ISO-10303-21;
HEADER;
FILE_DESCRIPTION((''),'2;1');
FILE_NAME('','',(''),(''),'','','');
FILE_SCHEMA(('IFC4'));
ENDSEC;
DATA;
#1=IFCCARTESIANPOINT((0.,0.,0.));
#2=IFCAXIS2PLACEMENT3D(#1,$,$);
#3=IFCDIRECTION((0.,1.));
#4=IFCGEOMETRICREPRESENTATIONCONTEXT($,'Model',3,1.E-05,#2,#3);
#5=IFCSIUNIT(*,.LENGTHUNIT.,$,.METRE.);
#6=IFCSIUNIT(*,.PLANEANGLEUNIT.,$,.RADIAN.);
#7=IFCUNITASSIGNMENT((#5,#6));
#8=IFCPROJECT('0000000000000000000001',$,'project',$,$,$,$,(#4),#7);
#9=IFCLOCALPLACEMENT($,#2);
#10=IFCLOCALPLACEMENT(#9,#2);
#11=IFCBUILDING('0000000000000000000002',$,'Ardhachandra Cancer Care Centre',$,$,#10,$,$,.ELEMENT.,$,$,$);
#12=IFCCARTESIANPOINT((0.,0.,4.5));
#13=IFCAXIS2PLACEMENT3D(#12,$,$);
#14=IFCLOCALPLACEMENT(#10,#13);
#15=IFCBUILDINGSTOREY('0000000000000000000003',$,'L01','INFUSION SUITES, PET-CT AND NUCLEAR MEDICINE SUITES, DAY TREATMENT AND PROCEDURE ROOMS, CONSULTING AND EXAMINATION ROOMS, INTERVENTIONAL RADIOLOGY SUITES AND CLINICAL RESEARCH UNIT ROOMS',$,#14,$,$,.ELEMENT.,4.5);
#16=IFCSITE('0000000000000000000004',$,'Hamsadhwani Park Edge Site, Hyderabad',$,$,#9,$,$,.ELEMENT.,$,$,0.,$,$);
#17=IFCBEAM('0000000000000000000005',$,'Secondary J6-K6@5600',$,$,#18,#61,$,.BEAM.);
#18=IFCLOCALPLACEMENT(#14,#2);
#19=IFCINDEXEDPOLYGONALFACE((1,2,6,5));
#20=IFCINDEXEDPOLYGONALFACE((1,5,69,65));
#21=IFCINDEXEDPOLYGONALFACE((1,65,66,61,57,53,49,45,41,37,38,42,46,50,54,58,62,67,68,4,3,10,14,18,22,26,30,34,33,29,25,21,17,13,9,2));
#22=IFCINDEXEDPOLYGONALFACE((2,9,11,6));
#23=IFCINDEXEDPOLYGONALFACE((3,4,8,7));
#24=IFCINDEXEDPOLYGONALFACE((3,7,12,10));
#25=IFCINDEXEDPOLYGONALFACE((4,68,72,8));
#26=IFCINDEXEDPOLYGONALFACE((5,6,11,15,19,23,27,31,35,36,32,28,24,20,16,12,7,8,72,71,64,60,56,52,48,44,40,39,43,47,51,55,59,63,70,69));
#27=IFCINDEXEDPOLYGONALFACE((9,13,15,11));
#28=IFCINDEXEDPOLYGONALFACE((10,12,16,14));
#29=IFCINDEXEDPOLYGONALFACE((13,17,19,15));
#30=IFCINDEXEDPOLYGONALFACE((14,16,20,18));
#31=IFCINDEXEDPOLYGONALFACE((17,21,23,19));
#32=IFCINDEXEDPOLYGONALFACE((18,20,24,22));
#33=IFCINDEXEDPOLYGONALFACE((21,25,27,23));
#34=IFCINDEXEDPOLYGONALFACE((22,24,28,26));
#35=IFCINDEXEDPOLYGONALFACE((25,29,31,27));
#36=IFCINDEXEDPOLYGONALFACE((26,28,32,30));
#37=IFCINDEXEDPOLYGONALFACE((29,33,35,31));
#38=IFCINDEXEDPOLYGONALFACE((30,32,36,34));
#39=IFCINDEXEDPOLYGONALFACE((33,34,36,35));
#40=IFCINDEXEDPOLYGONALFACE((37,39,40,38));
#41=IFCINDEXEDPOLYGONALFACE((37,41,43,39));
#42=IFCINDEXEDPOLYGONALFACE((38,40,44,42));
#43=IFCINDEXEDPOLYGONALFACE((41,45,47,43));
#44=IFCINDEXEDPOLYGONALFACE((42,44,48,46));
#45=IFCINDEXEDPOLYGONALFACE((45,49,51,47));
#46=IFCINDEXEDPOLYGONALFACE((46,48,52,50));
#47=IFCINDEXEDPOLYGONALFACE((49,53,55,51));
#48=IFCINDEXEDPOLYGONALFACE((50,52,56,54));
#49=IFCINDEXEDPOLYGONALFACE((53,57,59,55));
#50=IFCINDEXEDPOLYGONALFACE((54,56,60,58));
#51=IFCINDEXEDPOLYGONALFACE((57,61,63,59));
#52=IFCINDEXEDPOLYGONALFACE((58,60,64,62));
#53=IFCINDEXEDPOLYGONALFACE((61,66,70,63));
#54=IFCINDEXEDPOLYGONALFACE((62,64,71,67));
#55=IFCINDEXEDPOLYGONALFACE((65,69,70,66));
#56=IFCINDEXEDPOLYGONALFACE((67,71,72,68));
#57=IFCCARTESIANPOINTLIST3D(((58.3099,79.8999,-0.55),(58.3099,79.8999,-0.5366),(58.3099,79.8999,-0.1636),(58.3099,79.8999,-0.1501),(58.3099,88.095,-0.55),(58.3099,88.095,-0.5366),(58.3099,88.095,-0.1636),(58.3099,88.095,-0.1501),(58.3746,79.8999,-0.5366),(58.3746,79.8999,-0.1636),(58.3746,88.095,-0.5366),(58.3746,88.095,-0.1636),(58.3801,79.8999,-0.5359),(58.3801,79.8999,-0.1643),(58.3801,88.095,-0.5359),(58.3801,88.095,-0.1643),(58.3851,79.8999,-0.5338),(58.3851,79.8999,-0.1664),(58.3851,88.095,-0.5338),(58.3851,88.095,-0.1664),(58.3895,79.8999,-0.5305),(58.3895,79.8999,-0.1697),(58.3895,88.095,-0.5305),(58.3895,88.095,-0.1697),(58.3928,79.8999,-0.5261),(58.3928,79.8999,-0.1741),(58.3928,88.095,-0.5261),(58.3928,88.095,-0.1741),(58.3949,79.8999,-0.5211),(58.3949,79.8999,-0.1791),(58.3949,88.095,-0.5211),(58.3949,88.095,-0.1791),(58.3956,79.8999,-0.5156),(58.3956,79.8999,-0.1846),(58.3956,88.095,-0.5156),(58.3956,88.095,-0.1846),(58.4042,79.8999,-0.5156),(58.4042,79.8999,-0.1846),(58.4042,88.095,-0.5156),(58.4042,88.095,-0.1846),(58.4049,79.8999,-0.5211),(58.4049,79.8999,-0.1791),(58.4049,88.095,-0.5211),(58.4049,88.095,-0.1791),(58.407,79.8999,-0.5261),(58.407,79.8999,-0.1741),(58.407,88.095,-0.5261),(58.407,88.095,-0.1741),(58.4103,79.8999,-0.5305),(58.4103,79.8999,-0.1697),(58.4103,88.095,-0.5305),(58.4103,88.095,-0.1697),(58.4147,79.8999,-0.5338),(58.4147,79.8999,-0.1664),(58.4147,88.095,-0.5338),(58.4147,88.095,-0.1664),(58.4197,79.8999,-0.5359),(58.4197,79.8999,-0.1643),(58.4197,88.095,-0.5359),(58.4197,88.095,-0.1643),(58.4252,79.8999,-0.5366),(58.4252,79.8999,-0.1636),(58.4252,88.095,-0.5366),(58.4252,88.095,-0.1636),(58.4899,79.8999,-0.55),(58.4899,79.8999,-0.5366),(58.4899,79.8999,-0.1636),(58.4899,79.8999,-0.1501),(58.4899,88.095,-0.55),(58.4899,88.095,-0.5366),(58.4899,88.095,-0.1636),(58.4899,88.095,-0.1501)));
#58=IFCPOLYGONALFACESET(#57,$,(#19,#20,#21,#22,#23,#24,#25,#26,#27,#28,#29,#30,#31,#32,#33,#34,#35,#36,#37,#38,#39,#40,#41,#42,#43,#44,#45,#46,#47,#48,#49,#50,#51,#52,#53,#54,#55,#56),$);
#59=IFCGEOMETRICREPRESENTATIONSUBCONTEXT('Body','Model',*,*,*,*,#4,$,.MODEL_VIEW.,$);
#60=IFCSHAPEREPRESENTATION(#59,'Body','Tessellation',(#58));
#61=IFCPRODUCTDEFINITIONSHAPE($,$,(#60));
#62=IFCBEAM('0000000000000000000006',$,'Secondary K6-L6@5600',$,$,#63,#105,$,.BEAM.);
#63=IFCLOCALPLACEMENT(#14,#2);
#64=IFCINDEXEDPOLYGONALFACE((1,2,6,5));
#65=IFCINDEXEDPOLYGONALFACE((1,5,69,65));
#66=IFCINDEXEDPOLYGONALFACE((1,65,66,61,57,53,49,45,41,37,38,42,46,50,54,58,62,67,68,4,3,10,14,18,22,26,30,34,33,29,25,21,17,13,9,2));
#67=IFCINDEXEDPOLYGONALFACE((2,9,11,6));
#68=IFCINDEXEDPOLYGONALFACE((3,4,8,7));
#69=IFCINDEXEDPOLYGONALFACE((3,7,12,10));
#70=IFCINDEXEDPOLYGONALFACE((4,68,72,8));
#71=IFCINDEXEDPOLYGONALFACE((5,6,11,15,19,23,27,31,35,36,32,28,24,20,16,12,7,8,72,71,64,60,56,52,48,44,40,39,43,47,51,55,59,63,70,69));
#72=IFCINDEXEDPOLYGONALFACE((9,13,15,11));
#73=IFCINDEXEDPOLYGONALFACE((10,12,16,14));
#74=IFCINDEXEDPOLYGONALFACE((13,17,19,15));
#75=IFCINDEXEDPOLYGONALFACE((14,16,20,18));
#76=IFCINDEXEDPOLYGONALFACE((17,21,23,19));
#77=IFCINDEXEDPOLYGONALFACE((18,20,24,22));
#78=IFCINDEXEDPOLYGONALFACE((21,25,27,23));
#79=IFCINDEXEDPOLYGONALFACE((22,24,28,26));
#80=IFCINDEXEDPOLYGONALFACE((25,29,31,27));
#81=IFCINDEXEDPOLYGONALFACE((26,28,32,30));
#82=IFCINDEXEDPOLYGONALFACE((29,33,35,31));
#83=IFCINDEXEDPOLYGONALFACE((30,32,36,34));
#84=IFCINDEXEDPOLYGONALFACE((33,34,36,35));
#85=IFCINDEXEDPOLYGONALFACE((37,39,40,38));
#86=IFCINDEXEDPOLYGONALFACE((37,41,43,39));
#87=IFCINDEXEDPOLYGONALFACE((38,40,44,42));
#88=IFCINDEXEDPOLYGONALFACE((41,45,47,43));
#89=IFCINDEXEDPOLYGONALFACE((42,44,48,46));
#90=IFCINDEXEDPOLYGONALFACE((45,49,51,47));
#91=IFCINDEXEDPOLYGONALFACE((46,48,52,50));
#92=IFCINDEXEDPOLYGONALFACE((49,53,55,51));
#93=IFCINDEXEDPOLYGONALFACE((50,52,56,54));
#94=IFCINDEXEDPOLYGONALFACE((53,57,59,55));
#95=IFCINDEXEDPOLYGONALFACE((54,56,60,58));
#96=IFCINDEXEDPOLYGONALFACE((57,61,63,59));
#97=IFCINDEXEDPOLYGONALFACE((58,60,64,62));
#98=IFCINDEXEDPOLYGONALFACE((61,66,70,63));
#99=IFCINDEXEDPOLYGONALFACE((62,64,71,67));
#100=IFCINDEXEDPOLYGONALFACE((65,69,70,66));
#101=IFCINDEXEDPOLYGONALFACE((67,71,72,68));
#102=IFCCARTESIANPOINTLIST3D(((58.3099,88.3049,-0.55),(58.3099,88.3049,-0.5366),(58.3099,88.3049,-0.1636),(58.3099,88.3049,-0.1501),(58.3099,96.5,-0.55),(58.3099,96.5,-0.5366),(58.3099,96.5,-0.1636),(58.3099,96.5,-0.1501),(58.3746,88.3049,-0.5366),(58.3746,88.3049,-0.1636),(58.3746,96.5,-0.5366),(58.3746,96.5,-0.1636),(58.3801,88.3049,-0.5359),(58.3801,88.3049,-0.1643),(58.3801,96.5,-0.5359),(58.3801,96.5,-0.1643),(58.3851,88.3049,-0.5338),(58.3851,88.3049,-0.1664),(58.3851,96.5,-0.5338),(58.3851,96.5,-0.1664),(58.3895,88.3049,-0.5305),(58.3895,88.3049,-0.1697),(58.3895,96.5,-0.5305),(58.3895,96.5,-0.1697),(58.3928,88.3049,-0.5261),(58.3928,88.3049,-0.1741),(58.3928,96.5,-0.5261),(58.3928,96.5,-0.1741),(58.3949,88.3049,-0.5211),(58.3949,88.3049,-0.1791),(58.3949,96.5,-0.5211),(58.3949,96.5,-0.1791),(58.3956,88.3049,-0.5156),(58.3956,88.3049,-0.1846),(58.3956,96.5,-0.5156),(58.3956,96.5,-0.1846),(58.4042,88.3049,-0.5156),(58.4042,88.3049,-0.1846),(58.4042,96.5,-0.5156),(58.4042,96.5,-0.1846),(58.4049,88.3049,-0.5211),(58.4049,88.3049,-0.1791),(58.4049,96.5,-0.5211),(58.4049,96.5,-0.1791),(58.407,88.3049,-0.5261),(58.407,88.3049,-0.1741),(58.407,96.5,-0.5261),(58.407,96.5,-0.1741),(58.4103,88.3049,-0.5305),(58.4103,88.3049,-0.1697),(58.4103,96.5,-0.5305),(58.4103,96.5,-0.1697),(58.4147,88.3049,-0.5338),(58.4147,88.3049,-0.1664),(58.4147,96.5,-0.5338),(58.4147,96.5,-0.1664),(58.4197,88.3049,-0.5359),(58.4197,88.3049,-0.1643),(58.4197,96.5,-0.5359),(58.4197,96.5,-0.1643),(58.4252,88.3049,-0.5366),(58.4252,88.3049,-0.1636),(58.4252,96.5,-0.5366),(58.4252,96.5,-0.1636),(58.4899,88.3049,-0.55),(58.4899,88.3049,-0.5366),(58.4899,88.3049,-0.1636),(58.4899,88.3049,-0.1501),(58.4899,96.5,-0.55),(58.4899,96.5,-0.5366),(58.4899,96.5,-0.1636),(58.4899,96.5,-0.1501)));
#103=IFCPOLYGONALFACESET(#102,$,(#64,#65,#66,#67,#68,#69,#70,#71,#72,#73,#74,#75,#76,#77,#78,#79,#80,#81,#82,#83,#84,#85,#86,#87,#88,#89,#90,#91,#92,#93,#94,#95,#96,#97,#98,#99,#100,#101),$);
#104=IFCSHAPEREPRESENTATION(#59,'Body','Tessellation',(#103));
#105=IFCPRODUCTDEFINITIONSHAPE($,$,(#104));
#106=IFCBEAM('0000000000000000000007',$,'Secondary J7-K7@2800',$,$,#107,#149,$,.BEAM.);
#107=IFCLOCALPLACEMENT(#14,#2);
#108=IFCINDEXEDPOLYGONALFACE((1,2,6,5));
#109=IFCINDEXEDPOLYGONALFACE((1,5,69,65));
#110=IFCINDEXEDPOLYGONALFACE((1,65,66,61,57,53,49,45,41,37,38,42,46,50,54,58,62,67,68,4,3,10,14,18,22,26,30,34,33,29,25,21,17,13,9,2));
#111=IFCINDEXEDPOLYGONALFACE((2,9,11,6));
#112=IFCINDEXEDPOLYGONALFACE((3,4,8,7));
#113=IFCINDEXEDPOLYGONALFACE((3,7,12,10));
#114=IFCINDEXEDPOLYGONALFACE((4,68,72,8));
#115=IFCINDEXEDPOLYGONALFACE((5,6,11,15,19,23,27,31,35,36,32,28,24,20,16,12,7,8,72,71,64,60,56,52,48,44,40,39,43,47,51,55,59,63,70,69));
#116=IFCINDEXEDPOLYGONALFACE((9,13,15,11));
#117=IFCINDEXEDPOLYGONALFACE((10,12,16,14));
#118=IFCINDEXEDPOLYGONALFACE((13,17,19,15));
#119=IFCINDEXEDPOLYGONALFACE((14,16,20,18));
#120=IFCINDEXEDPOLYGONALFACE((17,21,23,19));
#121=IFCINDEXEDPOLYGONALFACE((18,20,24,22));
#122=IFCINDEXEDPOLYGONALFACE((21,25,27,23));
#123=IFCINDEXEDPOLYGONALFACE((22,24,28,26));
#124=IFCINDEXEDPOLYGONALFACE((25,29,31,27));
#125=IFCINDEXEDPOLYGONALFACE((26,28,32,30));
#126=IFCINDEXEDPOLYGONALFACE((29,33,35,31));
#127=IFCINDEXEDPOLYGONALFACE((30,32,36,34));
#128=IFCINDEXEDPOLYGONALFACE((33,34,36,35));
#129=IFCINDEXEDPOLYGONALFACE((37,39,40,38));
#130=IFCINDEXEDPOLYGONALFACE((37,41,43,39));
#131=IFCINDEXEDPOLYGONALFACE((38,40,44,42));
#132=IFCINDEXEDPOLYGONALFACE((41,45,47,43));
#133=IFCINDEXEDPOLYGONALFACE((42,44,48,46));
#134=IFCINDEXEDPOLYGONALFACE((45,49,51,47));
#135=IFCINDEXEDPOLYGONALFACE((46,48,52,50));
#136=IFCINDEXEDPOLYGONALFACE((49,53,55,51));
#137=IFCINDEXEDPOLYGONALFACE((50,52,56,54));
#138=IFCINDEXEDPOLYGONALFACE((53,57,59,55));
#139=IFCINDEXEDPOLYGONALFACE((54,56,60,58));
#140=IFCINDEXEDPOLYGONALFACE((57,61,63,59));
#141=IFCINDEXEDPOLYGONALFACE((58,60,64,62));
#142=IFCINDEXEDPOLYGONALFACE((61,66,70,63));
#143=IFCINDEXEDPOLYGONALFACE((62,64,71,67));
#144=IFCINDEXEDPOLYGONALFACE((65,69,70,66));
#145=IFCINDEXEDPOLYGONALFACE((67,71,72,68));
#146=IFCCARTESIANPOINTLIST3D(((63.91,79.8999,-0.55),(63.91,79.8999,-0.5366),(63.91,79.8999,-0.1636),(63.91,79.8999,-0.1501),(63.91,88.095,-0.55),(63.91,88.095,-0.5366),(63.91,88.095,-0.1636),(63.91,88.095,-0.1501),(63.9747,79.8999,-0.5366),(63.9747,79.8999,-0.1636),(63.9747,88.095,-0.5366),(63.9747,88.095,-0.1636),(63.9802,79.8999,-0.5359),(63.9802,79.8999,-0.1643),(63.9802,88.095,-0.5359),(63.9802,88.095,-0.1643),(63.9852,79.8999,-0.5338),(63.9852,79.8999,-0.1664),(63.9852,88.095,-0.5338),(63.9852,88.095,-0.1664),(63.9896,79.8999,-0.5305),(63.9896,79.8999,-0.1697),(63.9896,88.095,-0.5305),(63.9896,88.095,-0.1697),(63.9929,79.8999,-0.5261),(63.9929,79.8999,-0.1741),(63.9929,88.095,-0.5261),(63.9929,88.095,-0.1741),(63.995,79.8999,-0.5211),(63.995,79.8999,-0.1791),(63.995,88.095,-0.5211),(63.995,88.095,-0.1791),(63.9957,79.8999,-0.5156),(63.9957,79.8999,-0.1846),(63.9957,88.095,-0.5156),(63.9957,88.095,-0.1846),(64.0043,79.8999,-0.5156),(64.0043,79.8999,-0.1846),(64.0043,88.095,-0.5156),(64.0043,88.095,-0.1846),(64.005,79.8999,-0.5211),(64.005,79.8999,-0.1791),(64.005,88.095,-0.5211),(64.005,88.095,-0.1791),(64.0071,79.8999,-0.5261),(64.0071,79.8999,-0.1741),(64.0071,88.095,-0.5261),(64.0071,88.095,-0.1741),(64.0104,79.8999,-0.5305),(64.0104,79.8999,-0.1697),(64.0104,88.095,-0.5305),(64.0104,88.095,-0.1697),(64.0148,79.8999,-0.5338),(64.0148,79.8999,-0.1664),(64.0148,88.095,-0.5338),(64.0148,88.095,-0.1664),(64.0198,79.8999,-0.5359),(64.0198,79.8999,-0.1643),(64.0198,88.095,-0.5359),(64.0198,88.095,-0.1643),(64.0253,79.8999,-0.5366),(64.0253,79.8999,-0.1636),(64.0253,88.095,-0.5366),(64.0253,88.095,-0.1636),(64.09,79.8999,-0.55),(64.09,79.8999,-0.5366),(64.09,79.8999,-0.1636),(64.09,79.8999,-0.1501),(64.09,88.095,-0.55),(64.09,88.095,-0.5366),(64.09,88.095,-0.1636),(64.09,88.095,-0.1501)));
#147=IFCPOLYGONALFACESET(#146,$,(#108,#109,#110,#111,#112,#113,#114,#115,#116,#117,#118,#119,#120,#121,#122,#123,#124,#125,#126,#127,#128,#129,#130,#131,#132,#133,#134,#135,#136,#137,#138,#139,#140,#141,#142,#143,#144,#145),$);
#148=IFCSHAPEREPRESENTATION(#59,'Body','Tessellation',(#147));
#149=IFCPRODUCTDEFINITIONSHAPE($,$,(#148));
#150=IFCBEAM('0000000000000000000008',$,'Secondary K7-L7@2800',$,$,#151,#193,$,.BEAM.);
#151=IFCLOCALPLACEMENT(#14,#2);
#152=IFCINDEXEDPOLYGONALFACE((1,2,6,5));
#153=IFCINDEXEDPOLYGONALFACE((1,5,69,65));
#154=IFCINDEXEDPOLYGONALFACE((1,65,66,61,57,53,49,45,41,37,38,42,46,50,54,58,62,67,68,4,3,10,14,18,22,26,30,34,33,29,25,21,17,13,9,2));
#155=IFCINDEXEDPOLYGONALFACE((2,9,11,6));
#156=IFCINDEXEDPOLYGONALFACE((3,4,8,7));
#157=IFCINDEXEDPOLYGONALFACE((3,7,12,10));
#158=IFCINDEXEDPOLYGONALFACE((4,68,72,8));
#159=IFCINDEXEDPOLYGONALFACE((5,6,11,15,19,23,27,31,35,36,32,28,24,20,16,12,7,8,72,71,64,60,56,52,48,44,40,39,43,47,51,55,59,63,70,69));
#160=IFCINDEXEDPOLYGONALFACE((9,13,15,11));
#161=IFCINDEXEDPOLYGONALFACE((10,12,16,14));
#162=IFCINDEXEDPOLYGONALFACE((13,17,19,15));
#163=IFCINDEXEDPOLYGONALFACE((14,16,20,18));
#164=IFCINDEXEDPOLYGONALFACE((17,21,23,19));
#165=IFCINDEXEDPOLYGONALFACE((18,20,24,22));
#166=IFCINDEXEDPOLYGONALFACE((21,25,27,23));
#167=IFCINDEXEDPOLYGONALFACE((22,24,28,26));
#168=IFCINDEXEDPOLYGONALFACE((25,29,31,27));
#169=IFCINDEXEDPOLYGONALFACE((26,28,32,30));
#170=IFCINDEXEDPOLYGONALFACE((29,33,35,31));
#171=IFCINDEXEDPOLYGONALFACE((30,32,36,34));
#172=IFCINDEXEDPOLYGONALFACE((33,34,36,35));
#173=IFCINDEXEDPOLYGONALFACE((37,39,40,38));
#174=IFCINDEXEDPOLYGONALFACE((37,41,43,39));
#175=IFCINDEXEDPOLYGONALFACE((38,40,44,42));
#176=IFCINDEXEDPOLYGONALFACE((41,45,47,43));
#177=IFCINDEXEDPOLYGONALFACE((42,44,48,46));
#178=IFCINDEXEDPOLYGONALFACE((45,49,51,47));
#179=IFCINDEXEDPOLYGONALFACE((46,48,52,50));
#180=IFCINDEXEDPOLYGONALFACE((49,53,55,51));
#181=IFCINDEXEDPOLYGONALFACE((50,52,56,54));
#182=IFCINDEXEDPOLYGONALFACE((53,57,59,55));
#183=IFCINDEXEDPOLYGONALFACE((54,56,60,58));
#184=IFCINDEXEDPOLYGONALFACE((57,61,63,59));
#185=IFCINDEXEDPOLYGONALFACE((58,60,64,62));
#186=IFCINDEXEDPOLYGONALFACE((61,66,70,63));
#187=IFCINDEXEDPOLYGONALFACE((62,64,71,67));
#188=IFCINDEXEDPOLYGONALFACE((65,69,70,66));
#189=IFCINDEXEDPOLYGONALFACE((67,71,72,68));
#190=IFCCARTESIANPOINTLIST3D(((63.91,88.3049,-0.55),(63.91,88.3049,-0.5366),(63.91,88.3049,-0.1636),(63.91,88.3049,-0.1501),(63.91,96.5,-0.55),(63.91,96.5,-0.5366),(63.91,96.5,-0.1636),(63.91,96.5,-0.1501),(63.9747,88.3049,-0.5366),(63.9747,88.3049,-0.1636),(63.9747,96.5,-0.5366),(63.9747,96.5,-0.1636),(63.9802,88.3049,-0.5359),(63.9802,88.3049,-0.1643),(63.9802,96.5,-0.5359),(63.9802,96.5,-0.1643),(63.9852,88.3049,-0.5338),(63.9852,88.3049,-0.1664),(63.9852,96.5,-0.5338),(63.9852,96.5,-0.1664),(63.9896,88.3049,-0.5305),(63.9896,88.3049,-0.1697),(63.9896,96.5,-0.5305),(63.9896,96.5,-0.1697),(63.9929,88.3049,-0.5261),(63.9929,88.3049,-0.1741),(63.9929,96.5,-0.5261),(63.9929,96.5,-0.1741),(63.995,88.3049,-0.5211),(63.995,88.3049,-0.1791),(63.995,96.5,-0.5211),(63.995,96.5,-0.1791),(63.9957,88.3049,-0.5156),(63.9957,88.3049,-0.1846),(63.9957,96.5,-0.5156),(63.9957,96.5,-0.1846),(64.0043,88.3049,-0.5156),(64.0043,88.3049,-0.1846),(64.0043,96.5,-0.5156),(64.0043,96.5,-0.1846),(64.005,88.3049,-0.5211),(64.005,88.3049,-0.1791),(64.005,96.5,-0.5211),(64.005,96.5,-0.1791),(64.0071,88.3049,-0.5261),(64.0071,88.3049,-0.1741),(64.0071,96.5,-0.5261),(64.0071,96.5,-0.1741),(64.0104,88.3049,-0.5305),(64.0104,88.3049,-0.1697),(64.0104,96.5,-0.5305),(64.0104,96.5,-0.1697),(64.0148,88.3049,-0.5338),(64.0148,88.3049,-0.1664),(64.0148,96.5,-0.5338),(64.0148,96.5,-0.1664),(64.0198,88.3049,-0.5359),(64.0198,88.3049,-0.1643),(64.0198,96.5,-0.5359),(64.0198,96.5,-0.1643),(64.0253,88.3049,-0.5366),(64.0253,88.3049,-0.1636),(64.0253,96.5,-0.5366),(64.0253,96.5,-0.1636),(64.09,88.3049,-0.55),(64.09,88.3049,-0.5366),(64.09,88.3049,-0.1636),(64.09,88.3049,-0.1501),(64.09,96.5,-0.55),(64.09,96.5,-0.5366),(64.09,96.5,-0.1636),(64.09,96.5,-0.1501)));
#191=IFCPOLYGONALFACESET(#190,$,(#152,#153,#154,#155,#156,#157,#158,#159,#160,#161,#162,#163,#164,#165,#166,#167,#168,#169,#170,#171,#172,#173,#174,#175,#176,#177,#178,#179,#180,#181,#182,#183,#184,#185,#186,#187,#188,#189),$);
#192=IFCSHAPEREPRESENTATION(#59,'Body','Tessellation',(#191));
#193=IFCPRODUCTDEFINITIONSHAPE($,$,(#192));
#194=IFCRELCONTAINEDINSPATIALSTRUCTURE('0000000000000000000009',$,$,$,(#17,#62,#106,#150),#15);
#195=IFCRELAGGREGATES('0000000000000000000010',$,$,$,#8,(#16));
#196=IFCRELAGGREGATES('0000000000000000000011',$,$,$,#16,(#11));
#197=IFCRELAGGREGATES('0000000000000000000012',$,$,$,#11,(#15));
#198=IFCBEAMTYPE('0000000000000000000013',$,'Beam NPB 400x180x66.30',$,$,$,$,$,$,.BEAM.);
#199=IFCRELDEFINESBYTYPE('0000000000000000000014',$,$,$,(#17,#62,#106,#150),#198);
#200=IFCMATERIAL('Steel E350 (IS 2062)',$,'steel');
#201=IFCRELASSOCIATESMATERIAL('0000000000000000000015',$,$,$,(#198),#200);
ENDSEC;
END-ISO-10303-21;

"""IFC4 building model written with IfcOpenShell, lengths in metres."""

from ifc_helpers import new_model, si_unit, direction, frame, origin, origin_2d, place, context, subcontext, project, spatial, i_section, extrude, material, material_profile, profile_set, type_object, element, save


model = new_model("IFC4")

# Units and contexts
model_context = context("Model", 3, precision=1e-05, world=origin(), true_north=direction((0.0, 1.0)))
body_context = subcontext(model_context, "Body", "Model", "MODEL_VIEW")
ifc_project = project(units=[si_unit("LENGTHUNIT", "METRE"), si_unit("PLANEANGLEUNIT", "RADIAN")], contexts=[model_context])

# Site, building, storey
site_placement = place(None, origin())
site = spatial("IfcSite", under=ifc_project, at=site_placement, Name="Hamsadhwani Park Edge Site, Hyderabad", CompositionType="ELEMENT", RefElevation=0.0)
building_placement = place(site_placement, origin())
building = spatial("IfcBuilding", under=site, at=building_placement, Name="Ardhachandra Cancer Care Centre", CompositionType="ELEMENT")
storey_placement = place(building_placement, frame((0.0, 0.0, 4.5)))
storey = spatial("IfcBuildingStorey", under=building, at=storey_placement, Name="L01", Description="INFUSION SUITES, PET-CT AND NUCLEAR MEDICINE SUITES, DAY TREATMENT AND PROCEDURE ROOMS, CONSULTING AND EXAMINATION ROOMS, INTERVENTIONAL RADIOLOGY SUITES AND CLINICAL RESEARCH UNIT ROOMS", CompositionType="ELEMENT", Elevation=4.5)

# Beams
ifc_material_1 = material(Name="Steel E350 (IS 2062)", Category="steel")
ifc_material_profile_1 = material_profile(ifc_material_1, i_section(OverallWidth=0.1799, OverallDepth=0.3999, WebThickness=0.0085, FlangeThickness=0.0134, FilletRadius=0.021, at=origin_2d()), Name="NPB 400x180x66.30")
ifc_profile_set_1 = profile_set([ifc_material_profile_1], Name="Steel E350 (IS 2062)")
beam_type_1 = type_object("IfcBeamType", Name="Beam NPB 400x180x66.30", PredefinedType="BEAM", material=ifc_profile_set_1)
for number, where, z_axis, x_axis, name in (
    (1, (58.3999, 79.8999, -0.3501), (0.0, 1.0, 0.0), (-1.0, 0.0, 0.0), "Secondary J6-K6@5600"),
    (2, (58.3999, 88.3049, -0.3501), (0.0, 1.0, 0.0), (-1.0, 0.0, 0.0), "Secondary K6-L6@5600"),
    (3, (64.0, 79.8999, -0.3501), (0.0, 1.0, 0.0), (-1.0, 0.0, 0.0), "Secondary J7-K7@2800"),
    (4, (64.0, 88.3049, -0.3501), (0.0, 1.0, 0.0), (-1.0, 0.0, 0.0), "Secondary K7-L7@2800"),
):
    element("IfcBeam", number, at=place(storey_placement, frame(where, z_axis=z_axis, x_axis=x_axis)), inside=storey, type_object=beam_type_1, Name=name, PredefinedType="BEAM", context=body_context, shape_type="SweptSolid", body=[
        extrude(i_section(OverallWidth=0.1799, OverallDepth=0.3999, WebThickness=0.0085, FlangeThickness=0.0134, FilletRadius=0.021, at=origin_2d()), origin(), (0.0, 0.0, 1.0), 8.1951),
    ])

save(model, "model.ifc")
